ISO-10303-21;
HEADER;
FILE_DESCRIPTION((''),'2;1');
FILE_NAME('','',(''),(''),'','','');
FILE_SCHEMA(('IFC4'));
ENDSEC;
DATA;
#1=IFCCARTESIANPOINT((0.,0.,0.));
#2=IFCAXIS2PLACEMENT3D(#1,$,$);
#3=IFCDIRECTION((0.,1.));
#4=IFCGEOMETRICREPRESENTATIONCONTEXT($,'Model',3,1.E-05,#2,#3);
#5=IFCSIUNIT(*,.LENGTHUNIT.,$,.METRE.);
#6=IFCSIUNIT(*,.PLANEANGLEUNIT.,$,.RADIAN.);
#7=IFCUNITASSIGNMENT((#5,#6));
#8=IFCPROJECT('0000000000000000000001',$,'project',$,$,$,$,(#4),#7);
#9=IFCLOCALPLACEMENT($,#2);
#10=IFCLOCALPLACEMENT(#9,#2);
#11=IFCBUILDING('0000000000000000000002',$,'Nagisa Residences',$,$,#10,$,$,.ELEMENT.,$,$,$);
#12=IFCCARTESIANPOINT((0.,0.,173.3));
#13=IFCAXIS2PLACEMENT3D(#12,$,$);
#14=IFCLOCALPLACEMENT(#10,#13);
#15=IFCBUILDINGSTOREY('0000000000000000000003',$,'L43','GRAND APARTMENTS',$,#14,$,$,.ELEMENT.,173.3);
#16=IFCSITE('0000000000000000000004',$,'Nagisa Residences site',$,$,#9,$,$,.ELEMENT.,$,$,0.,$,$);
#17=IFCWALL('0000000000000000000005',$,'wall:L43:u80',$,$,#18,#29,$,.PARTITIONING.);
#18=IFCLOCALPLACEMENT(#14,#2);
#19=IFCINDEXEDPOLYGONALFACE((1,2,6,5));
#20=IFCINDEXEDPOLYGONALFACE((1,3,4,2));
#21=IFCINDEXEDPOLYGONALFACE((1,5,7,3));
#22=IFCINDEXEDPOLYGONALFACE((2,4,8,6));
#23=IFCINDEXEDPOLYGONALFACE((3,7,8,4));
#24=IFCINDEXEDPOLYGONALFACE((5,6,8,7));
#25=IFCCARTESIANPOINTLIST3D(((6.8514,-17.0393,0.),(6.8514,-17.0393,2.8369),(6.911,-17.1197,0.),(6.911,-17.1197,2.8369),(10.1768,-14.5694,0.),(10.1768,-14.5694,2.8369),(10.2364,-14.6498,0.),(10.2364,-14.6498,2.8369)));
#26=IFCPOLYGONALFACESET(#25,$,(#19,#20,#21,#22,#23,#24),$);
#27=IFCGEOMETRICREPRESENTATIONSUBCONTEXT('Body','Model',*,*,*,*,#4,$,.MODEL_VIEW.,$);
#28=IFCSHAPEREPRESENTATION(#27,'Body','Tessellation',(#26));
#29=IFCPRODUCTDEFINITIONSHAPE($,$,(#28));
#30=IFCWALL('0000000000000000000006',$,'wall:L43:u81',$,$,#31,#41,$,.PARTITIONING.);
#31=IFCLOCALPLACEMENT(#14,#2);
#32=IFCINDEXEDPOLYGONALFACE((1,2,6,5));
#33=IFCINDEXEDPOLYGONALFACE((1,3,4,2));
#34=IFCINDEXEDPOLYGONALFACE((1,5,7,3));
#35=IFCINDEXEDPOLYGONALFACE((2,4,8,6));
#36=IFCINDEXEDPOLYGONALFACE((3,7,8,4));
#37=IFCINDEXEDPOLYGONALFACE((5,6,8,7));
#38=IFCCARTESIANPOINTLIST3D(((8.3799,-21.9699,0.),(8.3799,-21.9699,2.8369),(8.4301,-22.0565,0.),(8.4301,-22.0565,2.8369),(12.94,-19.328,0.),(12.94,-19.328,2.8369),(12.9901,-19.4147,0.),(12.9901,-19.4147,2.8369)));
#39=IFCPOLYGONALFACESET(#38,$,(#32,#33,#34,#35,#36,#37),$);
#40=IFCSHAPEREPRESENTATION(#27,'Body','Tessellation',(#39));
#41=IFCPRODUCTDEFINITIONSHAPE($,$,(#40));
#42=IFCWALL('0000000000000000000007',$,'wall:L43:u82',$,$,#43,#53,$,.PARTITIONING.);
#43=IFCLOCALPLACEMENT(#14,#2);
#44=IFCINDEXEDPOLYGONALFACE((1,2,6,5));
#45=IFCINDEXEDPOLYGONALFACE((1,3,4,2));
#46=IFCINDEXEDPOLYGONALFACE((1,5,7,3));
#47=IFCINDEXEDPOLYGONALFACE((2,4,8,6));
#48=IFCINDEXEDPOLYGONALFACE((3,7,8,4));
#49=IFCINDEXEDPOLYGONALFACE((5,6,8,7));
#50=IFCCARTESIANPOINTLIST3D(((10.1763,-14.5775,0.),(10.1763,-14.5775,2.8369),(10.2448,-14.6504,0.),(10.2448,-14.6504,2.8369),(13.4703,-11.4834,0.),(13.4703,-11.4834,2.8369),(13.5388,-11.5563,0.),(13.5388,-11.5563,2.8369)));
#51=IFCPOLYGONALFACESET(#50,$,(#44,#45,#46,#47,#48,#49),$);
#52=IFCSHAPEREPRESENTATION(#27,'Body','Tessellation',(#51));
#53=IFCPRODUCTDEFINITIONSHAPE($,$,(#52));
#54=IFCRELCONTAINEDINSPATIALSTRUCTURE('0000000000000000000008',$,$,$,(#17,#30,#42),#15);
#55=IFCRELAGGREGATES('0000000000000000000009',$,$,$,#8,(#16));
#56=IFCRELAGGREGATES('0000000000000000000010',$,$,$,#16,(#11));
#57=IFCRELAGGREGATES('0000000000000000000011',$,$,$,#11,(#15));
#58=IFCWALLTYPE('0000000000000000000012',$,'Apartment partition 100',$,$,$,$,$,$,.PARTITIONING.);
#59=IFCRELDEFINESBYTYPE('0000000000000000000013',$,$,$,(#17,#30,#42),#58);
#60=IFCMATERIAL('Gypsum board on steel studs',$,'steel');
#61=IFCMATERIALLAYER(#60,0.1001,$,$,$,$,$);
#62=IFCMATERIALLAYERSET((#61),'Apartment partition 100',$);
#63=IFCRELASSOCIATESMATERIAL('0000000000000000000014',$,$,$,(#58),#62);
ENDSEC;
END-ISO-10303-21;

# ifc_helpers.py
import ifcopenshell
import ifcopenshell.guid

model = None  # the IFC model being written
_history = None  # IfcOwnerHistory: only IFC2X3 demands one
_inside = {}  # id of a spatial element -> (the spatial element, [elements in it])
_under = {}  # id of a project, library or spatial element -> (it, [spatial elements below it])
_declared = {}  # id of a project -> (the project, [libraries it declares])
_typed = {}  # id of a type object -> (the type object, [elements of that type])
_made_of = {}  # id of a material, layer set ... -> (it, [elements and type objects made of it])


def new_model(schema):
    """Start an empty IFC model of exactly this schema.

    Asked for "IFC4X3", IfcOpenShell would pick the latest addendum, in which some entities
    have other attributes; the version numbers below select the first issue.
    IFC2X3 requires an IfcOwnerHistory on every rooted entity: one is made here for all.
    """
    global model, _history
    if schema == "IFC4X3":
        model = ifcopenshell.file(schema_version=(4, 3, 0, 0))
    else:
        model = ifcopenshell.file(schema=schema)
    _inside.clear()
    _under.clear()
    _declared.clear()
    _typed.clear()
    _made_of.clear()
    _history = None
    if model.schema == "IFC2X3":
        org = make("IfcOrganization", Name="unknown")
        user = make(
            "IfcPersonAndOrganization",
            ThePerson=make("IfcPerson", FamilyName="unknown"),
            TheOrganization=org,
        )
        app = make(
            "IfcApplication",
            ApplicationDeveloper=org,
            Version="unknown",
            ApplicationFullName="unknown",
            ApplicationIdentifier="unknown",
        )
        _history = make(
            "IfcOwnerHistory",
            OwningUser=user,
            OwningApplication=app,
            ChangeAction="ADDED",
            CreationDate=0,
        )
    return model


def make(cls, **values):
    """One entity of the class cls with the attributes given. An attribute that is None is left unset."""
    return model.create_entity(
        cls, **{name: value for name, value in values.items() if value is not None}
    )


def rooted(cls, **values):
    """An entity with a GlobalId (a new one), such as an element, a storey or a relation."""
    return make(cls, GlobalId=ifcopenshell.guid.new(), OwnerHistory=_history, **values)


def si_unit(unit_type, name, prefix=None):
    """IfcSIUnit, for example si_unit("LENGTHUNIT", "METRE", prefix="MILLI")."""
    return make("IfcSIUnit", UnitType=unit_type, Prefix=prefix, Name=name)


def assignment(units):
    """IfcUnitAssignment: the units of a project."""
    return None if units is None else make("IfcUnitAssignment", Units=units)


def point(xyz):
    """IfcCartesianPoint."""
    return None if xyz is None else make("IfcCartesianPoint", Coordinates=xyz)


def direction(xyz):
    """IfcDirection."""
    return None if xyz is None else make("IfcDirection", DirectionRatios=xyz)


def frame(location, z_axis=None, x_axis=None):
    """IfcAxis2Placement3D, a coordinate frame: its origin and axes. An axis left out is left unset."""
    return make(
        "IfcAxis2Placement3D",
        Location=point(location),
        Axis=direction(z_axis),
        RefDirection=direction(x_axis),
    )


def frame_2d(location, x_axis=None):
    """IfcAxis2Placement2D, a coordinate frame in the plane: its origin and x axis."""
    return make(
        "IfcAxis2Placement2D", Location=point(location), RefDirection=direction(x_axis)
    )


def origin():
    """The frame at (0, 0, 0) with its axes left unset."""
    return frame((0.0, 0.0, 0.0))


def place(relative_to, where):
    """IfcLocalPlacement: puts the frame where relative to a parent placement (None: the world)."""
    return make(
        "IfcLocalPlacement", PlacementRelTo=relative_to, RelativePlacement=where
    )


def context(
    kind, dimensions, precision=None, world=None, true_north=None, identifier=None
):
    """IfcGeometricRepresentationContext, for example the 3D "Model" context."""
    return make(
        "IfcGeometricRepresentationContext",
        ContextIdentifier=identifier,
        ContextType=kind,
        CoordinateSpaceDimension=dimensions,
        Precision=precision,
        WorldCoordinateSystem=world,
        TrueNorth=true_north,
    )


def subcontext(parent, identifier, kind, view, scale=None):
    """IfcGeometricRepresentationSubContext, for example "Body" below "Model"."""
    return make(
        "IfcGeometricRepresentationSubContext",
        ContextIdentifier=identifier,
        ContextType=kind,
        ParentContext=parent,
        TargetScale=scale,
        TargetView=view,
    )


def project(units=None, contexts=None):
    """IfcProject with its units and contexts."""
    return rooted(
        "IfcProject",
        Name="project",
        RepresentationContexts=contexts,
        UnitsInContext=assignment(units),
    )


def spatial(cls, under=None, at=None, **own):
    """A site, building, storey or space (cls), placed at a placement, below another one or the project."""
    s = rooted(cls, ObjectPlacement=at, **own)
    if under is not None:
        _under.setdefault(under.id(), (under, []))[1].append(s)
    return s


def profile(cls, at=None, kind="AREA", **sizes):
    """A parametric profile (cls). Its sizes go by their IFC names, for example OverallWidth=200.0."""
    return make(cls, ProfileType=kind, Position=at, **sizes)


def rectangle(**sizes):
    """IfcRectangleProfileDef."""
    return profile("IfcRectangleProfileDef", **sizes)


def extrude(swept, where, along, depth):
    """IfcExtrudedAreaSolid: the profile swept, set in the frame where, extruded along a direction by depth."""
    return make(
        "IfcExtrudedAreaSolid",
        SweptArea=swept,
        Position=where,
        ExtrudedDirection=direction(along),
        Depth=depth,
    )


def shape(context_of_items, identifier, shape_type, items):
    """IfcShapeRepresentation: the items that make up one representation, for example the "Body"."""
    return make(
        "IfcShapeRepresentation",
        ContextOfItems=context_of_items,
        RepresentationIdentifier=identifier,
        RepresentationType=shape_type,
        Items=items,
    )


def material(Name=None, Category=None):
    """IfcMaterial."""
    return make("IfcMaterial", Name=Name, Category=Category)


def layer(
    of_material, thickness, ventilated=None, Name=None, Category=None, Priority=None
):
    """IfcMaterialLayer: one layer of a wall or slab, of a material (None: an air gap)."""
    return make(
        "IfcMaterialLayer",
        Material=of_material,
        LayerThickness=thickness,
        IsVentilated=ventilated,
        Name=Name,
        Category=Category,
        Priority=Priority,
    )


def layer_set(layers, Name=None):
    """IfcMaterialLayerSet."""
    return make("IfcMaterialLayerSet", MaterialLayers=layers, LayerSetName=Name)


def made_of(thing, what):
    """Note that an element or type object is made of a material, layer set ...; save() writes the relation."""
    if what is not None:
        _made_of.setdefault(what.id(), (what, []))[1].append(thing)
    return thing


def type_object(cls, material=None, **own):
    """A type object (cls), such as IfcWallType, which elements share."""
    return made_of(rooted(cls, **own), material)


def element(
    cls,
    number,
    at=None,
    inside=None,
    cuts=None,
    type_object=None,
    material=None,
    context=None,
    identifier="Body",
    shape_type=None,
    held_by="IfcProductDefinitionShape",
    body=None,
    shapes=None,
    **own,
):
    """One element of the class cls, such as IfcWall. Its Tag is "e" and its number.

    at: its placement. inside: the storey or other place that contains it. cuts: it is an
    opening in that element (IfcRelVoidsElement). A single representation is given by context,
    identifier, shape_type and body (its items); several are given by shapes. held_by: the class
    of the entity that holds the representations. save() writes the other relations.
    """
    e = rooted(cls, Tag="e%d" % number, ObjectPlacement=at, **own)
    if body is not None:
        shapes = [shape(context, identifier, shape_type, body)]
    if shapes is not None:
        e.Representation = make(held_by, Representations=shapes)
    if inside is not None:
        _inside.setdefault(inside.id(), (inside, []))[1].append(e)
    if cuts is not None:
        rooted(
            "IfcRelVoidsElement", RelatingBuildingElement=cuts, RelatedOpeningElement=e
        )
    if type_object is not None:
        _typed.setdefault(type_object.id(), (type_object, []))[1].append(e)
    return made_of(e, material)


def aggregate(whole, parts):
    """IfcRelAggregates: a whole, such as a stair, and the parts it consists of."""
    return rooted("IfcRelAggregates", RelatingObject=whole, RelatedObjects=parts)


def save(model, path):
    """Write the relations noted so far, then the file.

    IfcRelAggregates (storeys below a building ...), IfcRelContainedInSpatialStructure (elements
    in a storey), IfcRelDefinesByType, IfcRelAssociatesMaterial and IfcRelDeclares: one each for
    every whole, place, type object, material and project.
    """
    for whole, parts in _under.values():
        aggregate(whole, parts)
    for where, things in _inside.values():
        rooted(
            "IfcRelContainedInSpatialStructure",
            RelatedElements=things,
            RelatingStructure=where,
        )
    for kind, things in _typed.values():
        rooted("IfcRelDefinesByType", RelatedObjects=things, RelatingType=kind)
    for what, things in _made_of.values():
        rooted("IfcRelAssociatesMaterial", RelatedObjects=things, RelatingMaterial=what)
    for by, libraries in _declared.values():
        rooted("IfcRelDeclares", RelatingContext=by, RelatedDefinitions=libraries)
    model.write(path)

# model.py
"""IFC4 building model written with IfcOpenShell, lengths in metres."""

from ifc_helpers import new_model, si_unit, direction, frame, frame_2d, origin, place, context, subcontext, project, spatial, rectangle, extrude, material, layer, layer_set, type_object, element, save


model = new_model("IFC4")

# Units and contexts
model_context = context("Model", 3, precision=1e-05, world=origin(), true_north=direction((0.0, 1.0)))
body_context = subcontext(model_context, "Body", "Model", "MODEL_VIEW")
ifc_project = project(units=[si_unit("LENGTHUNIT", "METRE"), si_unit("PLANEANGLEUNIT", "RADIAN")], contexts=[model_context])

# Site, building, storey
site_placement = place(None, origin())
site = spatial("IfcSite", under=ifc_project, at=site_placement, Name="Nagisa Residences site", CompositionType="ELEMENT", RefElevation=0.0)
building_placement = place(site_placement, origin())
building = spatial("IfcBuilding", under=site, at=building_placement, Name="Nagisa Residences", CompositionType="ELEMENT")
storey_placement = place(building_placement, frame((0.0, 0.0, 173.3)))
storey = spatial("IfcBuildingStorey", under=building, at=storey_placement, Name="L43", Description="GRAND APARTMENTS", CompositionType="ELEMENT", Elevation=173.3)

# Shared definitions
ifc_material_1 = material(Name="Gypsum board on steel studs", Category="steel")
ifc_layer_1 = layer(ifc_material_1, 0.1001)
ifc_layer_set_1 = layer_set([ifc_layer_1], Name="Apartment partition 100")
wall_type_1 = type_object("IfcWallType", Name="Apartment partition 100", PredefinedType="PARTITIONING", material=ifc_layer_set_1)

# Walls
wall_1_placement = place(storey_placement, frame((6.8811, -17.0796, 0.0), z_axis=(0.0, 0.0, 1.0), x_axis=(0.802785, 0.596269, 0.0)))
element("IfcWall", 1, at=wall_1_placement, inside=storey, type_object=wall_type_1, Name="wall:L43:u80", PredefinedType="PARTITIONING", context=body_context, shape_type="SweptSolid", body=[
    extrude(rectangle(XDim=4.1423, YDim=0.1001, at=frame_2d((2.0713, 0.0))), origin(), (0.0, 0.0, 1.0), 2.8369),
])
wall_2_placement = place(storey_placement, frame((8.405, -22.0132, 0.0), z_axis=(0.0, 0.0, 1.0), x_axis=(0.865277, 0.501294, 0.0)))
element("IfcWall", 2, at=wall_2_placement, inside=storey, type_object=wall_type_1, Name="wall:L43:u81", PredefinedType="PARTITIONING", context=body_context, shape_type="SweptSolid", body=[
    extrude(rectangle(XDim=5.27, YDim=0.1001, at=frame_2d((2.635, 0.0))), origin(), (0.0, 0.0, 1.0), 2.8369),
])
wall_3_placement = place(storey_placement, frame((10.2104, -14.614, 0.0), z_axis=(0.0, 0.0, 1.0), x_axis=(0.728883, 0.684638, 0.0)))
element("IfcWall", 3, at=wall_3_placement, inside=storey, type_object=wall_type_1, Name="wall:L43:u82", PredefinedType="PARTITIONING", context=body_context, shape_type="SweptSolid", body=[
    extrude(rectangle(XDim=4.5193, YDim=0.1001, at=frame_2d((2.2598, 0.0))), origin(), (0.0, 0.0, 1.0), 2.8369),
])

save(model, "model.ifc")
